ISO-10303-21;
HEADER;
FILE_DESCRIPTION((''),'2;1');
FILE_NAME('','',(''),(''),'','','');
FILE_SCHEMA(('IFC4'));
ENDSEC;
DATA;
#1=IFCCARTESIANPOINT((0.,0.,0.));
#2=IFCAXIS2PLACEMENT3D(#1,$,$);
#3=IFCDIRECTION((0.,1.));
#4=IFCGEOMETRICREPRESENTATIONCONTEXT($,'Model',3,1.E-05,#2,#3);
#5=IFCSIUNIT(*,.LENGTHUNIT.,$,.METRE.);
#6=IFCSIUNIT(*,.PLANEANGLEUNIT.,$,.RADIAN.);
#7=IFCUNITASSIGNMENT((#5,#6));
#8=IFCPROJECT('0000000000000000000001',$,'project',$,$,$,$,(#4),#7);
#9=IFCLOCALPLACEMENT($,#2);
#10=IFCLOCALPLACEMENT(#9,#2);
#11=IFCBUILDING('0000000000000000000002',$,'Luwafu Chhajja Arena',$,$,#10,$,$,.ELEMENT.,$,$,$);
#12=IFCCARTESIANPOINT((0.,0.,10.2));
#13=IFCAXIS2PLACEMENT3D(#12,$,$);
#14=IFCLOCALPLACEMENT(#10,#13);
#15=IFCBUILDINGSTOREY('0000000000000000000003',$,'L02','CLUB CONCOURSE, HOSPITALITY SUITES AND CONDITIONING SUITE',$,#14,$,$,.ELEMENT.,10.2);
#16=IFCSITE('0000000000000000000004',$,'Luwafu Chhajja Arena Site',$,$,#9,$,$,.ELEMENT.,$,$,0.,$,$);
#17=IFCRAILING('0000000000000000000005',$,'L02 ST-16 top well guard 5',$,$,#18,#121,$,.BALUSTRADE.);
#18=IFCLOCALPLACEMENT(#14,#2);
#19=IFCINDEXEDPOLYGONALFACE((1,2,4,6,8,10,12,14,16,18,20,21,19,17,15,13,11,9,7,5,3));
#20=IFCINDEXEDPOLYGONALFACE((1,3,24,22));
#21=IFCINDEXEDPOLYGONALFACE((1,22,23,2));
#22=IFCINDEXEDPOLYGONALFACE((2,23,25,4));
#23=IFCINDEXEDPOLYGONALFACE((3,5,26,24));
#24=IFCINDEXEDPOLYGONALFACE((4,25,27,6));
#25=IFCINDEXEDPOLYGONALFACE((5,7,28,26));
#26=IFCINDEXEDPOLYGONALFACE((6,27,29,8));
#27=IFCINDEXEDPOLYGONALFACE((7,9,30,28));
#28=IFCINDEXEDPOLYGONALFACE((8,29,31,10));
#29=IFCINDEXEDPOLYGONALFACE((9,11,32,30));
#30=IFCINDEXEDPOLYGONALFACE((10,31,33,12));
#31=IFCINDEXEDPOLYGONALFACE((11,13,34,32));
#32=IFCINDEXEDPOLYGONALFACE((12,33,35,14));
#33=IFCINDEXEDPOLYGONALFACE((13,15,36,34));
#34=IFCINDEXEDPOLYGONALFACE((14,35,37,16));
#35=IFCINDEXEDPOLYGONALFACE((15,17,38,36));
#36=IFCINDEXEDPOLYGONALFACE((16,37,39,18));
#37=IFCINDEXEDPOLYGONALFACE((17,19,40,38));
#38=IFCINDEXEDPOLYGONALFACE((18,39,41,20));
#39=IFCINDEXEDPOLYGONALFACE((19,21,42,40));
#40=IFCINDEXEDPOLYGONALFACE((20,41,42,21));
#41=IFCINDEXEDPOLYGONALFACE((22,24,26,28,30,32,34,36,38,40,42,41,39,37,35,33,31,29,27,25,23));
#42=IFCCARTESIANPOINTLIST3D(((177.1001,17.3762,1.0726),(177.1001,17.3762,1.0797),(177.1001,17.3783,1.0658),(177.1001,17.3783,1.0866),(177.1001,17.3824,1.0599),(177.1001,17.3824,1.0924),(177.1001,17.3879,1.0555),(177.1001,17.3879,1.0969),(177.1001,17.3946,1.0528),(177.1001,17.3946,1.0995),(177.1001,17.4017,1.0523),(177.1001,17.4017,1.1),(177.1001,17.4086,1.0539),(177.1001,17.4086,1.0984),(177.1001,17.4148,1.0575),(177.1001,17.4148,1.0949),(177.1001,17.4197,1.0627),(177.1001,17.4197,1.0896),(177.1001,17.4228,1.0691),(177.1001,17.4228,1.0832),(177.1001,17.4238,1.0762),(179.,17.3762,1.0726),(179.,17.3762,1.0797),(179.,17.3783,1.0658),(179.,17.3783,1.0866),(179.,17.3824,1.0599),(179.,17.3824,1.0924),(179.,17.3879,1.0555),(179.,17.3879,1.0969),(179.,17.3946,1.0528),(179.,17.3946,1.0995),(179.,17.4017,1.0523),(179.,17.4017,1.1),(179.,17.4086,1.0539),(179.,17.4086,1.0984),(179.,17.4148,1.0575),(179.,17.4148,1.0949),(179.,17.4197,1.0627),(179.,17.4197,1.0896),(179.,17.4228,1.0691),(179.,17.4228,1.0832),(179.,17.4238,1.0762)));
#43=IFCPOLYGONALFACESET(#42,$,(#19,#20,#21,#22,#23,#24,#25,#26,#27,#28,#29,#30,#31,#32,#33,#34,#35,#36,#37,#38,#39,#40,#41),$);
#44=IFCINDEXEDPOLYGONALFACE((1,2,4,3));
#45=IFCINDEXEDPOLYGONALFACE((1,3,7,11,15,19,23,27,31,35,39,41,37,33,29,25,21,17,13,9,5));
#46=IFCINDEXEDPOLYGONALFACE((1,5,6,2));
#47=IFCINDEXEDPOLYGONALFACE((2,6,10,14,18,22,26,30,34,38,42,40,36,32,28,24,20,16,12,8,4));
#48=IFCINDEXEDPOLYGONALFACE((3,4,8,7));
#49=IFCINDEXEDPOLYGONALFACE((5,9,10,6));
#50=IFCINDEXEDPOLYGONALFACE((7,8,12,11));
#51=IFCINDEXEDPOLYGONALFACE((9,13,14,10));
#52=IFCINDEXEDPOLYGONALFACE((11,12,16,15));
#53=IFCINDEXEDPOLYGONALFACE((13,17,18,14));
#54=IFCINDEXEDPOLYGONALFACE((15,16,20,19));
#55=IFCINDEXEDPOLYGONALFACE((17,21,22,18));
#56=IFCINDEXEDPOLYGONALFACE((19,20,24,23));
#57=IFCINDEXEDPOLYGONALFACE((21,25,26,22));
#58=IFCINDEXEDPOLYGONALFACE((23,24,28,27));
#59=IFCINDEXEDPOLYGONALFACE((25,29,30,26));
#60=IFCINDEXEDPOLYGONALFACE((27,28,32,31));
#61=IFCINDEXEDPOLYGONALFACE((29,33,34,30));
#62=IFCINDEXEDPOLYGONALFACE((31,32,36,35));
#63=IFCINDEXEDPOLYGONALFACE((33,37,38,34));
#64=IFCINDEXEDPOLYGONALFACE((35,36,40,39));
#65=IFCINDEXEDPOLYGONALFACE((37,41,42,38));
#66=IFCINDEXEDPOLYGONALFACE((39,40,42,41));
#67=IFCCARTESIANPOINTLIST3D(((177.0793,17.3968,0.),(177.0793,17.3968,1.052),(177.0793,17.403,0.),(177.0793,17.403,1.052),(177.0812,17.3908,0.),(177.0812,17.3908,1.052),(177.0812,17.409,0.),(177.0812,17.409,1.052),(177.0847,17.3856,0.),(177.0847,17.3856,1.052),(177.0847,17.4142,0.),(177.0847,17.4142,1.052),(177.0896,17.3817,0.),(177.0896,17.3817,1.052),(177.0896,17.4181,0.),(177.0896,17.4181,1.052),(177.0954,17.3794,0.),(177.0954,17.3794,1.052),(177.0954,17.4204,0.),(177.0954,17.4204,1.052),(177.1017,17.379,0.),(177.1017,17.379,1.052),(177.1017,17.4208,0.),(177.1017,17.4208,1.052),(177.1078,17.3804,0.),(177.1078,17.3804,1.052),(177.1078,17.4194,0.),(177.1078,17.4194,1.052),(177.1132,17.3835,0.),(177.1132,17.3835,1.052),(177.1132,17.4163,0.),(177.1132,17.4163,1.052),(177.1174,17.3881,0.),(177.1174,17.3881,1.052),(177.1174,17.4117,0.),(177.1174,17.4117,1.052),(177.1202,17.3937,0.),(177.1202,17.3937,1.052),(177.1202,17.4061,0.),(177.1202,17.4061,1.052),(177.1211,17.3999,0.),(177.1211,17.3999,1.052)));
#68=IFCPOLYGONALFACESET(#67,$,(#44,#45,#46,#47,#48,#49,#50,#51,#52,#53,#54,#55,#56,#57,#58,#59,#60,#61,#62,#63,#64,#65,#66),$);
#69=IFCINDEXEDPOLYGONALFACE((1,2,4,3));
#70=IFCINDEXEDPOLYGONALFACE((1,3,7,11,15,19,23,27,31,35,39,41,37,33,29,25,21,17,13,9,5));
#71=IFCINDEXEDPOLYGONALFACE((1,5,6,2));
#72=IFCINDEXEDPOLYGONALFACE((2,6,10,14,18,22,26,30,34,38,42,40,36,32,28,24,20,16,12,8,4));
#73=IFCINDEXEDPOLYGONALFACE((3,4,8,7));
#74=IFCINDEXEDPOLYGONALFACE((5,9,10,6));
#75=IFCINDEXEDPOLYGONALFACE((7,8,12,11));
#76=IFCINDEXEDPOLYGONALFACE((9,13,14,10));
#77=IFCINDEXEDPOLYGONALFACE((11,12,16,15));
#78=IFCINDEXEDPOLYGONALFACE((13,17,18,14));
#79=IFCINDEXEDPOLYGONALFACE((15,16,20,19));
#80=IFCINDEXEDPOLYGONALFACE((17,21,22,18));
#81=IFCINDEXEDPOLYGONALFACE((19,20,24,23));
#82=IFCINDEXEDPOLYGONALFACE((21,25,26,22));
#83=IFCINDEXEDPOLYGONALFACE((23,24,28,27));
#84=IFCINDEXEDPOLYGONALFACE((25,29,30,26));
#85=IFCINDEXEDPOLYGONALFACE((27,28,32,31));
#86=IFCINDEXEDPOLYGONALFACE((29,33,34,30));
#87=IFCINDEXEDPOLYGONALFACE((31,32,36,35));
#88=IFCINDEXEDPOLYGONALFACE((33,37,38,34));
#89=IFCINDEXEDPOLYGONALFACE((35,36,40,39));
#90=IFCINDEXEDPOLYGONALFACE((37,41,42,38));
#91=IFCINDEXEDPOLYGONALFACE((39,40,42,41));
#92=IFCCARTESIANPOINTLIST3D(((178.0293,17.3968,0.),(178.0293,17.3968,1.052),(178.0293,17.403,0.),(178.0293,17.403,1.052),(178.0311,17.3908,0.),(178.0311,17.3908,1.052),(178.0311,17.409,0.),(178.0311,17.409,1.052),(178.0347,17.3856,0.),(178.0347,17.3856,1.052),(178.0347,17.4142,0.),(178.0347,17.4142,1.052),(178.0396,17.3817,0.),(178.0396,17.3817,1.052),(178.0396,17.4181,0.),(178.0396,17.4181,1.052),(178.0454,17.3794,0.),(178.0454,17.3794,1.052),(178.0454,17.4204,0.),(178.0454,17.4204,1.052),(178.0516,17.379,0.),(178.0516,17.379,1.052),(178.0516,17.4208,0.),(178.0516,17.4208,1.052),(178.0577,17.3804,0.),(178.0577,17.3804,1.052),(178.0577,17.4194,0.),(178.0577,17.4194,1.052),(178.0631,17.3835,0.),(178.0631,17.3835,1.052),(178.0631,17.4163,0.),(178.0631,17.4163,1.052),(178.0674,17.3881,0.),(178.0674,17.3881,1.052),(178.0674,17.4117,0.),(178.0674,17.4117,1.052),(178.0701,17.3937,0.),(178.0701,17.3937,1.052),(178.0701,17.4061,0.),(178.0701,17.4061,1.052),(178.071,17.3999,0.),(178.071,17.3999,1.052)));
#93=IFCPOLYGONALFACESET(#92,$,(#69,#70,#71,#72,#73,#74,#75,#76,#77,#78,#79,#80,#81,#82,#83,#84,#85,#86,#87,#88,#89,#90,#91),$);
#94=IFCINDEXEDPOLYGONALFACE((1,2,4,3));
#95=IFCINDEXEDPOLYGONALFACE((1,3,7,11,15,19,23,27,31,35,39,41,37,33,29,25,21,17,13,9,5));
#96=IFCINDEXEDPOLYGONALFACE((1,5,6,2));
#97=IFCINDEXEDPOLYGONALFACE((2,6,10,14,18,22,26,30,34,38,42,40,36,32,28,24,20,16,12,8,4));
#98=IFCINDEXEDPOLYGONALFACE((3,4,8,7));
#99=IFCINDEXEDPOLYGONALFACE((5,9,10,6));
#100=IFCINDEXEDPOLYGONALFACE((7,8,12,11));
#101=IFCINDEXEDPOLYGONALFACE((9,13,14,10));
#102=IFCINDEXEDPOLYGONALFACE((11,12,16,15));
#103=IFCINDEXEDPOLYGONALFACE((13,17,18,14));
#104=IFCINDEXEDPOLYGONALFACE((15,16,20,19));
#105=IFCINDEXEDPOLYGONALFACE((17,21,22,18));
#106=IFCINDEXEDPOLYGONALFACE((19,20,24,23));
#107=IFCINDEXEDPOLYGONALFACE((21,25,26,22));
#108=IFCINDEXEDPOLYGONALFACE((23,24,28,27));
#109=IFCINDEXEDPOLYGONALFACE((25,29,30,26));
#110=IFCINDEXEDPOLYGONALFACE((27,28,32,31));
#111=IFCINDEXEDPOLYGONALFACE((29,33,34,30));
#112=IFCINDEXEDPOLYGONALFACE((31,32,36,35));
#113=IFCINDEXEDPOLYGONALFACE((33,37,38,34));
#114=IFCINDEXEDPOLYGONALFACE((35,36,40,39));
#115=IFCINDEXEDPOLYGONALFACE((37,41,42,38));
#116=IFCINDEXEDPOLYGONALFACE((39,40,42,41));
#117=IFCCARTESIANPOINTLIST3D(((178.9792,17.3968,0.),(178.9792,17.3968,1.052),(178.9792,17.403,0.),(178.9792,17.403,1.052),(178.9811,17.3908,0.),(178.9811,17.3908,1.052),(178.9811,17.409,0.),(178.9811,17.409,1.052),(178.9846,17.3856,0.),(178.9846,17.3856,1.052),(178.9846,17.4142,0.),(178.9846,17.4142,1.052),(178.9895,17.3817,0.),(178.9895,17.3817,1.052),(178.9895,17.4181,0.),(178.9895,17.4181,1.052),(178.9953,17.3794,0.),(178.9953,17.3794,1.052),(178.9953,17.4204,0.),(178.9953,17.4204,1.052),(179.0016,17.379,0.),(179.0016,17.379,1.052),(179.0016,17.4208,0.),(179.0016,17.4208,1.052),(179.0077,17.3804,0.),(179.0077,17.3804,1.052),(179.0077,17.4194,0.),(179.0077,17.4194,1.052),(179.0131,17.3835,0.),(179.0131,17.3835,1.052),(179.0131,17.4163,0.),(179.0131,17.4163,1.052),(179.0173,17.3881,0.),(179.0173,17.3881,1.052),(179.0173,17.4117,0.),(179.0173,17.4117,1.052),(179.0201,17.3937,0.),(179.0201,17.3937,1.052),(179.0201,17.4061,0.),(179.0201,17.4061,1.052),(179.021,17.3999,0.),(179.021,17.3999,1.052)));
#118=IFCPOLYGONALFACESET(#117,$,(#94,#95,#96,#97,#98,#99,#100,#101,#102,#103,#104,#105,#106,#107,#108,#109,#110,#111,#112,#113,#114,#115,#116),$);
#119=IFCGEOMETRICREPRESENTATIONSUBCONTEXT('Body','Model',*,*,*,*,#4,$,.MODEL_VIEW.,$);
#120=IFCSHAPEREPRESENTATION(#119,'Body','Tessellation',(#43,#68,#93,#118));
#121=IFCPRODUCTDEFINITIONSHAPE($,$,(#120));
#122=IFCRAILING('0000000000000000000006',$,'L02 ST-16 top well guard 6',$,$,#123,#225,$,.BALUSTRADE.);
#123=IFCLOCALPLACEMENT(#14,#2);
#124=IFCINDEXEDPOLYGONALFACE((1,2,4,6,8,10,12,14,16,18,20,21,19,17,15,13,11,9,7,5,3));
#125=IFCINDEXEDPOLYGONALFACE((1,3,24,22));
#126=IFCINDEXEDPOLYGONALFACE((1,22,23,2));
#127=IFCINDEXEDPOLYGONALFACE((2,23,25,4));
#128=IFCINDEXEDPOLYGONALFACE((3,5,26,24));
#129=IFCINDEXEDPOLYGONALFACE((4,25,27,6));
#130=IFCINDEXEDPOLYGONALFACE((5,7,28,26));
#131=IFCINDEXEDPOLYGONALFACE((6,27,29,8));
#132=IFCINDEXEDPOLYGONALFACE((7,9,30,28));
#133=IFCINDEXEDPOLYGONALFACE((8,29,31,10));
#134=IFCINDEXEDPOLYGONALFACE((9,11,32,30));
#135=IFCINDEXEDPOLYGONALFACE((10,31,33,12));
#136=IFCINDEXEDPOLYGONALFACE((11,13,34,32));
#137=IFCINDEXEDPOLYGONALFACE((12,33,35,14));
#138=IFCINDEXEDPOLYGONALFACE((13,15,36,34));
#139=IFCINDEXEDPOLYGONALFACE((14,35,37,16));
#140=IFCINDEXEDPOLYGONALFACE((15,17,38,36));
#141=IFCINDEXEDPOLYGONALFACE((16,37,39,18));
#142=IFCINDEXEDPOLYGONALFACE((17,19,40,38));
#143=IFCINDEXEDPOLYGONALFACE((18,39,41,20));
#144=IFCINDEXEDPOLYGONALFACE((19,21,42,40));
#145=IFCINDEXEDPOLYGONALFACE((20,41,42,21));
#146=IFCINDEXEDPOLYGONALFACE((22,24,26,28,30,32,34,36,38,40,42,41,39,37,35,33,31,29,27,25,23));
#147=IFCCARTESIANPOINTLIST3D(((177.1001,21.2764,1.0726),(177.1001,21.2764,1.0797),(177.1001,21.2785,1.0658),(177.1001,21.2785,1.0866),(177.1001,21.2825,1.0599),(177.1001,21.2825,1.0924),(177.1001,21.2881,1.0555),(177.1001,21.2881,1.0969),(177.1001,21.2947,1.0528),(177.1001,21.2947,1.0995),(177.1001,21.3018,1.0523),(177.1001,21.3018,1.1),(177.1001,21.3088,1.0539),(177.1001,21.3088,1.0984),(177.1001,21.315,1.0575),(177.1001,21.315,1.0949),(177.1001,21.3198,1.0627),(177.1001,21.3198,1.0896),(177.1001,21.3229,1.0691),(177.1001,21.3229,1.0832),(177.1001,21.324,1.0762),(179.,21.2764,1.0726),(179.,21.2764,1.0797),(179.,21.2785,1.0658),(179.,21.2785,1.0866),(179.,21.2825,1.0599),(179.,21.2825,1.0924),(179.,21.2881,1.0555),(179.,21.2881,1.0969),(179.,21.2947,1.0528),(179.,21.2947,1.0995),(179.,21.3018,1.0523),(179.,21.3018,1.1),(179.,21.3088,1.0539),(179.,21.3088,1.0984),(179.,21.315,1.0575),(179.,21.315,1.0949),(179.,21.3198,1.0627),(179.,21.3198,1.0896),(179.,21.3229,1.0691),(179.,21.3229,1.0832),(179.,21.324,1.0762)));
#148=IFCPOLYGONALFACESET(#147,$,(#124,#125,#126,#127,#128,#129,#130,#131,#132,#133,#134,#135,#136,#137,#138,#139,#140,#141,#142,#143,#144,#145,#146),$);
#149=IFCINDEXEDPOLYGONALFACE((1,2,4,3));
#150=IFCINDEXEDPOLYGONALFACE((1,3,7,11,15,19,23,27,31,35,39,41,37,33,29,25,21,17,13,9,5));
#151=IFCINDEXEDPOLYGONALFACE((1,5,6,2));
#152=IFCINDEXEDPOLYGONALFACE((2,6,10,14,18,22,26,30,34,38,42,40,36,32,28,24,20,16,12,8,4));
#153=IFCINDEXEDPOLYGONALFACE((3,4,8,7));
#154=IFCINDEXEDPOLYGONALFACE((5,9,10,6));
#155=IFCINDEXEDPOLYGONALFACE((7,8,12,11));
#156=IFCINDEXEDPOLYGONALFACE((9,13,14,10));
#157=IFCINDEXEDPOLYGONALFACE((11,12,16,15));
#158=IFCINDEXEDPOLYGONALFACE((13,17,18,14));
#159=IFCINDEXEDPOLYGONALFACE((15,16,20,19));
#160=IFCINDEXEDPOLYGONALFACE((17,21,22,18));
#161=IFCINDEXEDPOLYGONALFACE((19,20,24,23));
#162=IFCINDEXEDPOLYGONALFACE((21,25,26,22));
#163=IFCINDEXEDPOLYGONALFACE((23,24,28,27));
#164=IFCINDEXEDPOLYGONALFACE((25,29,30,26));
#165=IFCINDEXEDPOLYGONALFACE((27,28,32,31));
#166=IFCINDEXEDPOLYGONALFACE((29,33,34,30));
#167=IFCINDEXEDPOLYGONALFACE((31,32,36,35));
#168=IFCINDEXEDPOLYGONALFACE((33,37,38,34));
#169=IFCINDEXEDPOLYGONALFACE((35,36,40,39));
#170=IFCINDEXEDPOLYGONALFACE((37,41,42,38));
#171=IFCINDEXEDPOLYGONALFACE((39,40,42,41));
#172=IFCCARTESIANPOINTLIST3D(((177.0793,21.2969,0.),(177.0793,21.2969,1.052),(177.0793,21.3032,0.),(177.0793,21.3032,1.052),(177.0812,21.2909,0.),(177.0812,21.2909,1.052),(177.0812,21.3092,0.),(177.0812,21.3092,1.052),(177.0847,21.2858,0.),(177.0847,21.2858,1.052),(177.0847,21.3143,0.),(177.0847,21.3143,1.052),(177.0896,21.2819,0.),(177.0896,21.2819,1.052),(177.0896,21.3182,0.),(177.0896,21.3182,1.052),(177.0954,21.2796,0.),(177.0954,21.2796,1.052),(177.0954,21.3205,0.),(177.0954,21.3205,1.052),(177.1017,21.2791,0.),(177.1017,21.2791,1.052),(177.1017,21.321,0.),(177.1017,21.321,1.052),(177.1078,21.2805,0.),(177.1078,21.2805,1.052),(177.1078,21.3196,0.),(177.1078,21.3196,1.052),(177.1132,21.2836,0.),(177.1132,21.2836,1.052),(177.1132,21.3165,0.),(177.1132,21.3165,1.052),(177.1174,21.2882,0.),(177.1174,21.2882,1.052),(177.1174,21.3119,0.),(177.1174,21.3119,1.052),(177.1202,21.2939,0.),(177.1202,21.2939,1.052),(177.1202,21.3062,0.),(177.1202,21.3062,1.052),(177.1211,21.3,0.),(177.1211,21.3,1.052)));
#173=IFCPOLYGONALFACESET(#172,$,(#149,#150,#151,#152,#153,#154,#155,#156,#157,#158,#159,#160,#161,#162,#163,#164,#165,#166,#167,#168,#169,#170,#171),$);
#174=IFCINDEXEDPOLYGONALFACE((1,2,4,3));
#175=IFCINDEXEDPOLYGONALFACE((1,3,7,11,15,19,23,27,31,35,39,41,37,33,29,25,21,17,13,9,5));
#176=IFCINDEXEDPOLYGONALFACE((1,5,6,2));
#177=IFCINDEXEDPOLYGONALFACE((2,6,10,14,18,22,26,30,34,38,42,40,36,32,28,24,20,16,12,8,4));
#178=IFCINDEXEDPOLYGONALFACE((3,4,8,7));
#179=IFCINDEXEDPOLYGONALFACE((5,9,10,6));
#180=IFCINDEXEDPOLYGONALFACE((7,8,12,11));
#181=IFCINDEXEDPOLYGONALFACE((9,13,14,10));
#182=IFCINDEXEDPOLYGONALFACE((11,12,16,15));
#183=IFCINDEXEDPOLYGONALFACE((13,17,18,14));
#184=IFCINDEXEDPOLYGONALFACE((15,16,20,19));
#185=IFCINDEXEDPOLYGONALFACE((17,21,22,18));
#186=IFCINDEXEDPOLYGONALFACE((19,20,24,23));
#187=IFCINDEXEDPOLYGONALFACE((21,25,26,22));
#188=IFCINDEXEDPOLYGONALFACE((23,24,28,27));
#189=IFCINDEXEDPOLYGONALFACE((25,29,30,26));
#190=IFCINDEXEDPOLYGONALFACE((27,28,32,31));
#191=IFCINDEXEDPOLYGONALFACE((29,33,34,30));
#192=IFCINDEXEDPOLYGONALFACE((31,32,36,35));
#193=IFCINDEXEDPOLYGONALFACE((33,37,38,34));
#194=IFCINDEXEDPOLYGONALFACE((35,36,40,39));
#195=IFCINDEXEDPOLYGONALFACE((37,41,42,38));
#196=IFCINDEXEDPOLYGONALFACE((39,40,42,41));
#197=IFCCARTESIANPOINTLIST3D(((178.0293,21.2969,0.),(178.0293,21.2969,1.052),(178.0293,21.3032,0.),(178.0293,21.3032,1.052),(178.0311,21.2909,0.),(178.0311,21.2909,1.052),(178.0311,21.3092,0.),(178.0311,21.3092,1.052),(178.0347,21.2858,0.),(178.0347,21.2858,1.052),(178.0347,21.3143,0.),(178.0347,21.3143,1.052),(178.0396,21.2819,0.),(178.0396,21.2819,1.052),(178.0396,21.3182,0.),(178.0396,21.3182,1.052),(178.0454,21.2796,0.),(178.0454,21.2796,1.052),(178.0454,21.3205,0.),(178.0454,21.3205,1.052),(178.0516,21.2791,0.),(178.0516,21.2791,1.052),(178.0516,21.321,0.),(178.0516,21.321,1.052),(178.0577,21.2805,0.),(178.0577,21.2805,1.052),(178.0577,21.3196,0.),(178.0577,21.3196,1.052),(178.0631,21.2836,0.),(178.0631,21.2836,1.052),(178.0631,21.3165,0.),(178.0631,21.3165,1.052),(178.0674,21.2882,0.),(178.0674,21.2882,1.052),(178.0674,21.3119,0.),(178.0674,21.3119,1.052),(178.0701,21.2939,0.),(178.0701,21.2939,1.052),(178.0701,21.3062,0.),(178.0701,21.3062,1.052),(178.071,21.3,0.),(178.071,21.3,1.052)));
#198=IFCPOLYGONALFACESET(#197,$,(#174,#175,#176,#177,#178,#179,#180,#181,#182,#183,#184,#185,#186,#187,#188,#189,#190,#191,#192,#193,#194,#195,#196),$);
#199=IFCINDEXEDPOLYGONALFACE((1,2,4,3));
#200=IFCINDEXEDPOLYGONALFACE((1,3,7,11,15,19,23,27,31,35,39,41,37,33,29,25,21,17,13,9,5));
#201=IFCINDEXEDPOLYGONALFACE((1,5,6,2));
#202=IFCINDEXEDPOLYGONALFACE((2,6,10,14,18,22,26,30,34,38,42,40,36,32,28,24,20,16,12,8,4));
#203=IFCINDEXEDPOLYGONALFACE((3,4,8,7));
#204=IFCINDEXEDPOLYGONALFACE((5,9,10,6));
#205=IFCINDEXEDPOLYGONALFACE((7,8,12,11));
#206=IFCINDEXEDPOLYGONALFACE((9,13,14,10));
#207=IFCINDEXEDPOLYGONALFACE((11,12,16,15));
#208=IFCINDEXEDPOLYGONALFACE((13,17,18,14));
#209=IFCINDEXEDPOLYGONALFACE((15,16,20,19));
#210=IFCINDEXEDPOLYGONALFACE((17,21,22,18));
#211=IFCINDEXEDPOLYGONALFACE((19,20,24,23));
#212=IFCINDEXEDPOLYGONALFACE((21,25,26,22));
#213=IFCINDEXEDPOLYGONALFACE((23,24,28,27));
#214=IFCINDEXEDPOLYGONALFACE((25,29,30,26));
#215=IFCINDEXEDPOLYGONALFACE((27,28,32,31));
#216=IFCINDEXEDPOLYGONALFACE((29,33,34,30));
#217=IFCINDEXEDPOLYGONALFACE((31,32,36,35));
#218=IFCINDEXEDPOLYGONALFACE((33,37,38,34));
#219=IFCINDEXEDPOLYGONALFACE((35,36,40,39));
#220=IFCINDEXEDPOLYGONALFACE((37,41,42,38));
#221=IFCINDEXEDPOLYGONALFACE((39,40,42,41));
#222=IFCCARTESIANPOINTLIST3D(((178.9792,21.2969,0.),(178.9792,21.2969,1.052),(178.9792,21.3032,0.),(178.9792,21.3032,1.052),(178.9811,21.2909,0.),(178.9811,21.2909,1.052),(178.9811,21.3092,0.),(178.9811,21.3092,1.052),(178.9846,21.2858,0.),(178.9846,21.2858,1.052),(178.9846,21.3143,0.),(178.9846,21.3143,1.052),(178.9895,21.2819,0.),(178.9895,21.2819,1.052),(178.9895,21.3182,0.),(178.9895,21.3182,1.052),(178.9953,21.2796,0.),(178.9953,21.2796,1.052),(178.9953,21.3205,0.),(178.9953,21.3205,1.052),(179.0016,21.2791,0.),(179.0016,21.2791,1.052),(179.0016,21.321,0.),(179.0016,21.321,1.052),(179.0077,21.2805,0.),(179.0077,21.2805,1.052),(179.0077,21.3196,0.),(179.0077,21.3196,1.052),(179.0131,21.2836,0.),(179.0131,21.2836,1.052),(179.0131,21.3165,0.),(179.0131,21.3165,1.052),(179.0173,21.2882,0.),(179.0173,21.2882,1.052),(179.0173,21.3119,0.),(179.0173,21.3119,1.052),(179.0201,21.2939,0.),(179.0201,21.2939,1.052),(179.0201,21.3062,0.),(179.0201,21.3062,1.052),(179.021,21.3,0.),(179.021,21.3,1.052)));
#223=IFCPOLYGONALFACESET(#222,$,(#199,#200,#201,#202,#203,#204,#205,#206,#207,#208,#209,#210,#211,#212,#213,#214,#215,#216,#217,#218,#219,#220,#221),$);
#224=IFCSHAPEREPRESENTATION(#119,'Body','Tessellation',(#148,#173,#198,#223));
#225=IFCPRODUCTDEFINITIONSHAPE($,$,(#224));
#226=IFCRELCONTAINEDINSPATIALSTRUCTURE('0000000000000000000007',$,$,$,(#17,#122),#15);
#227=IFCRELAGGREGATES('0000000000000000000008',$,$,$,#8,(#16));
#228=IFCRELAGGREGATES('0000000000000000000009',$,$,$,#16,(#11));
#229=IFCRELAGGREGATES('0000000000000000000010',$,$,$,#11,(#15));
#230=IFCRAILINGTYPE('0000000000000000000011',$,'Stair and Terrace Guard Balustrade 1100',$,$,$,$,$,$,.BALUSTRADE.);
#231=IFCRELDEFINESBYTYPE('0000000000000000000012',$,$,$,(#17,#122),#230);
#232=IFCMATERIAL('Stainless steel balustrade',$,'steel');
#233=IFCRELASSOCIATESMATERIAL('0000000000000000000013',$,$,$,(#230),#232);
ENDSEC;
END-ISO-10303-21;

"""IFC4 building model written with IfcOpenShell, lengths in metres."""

from ifc_helpers import new_model, si_unit, direction, frame, origin, origin_2d, place, context, subcontext, project, spatial, circle, extrude, material, type_object, element, save


model = new_model("IFC4")

# Units and contexts
model_context = context("Model", 3, precision=1e-05, world=origin(), true_north=direction((0.0, 1.0)))
body_context = subcontext(model_context, "Body", "Model", "MODEL_VIEW")
ifc_project = project(units=[si_unit("LENGTHUNIT", "METRE"), si_unit("PLANEANGLEUNIT", "RADIAN")], contexts=[model_context])

# Site, building, storey
site_placement = place(None, origin())
site = spatial("IfcSite", under=ifc_project, at=site_placement, Name="Luwafu Chhajja Arena Site", CompositionType="ELEMENT", RefElevation=0.0)
building_placement = place(site_placement, origin())
building = spatial("IfcBuilding", under=site, at=building_placement, Name="Luwafu Chhajja Arena", CompositionType="ELEMENT")
storey_placement = place(building_placement, frame((0.0, 0.0, 10.2)))
storey = spatial("IfcBuildingStorey", under=building, at=storey_placement, Name="L02", Description="CLUB CONCOURSE, HOSPITALITY SUITES AND CONDITIONING SUITE", CompositionType="ELEMENT", Elevation=10.2)

# Railings
ifc_material_1 = material(Name="Stainless steel balustrade", Category="steel")
railing_type = type_object("IfcRailingType", Name="Stair and Terrace Guard Balustrade 1100", PredefinedType="BALUSTRADE", material=ifc_material_1)
for number, where, name in (
    (1, (177.1001, 17.3999, 0.0), "L02 ST-16 top well guard 5"),
    (2, (177.1001, 21.3, 0.0), "L02 ST-16 top well guard 6"),
):
    element("IfcRailing", number, at=place(storey_placement, frame(where)), inside=storey, type_object=railing_type, Name=name, PredefinedType="BALUSTRADE", context=body_context, shape_type="SweptSolid", body=[
        extrude(circle(Radius=0.0239, at=origin_2d()), frame((0.0, 0.0, 1.0762), z_axis=(1.0, 0.0, 0.0), x_axis=(0.0, 1.0, 0.0)), (0.0, 0.0, 1.0), 1.8999),
        extrude(circle(Radius=0.021, at=origin_2d()), origin(), (0.0, 0.0, 1.0), 1.052),
        extrude(circle(Radius=0.021, at=origin_2d()), frame((0.95, 0.0, 0.0)), (0.0, 0.0, 1.0), 1.052),
        extrude(circle(Radius=0.021, at=origin_2d()), frame((1.8999, 0.0, 0.0)), (0.0, 0.0, 1.0), 1.052),
    ])

save(model, "model.ifc")
